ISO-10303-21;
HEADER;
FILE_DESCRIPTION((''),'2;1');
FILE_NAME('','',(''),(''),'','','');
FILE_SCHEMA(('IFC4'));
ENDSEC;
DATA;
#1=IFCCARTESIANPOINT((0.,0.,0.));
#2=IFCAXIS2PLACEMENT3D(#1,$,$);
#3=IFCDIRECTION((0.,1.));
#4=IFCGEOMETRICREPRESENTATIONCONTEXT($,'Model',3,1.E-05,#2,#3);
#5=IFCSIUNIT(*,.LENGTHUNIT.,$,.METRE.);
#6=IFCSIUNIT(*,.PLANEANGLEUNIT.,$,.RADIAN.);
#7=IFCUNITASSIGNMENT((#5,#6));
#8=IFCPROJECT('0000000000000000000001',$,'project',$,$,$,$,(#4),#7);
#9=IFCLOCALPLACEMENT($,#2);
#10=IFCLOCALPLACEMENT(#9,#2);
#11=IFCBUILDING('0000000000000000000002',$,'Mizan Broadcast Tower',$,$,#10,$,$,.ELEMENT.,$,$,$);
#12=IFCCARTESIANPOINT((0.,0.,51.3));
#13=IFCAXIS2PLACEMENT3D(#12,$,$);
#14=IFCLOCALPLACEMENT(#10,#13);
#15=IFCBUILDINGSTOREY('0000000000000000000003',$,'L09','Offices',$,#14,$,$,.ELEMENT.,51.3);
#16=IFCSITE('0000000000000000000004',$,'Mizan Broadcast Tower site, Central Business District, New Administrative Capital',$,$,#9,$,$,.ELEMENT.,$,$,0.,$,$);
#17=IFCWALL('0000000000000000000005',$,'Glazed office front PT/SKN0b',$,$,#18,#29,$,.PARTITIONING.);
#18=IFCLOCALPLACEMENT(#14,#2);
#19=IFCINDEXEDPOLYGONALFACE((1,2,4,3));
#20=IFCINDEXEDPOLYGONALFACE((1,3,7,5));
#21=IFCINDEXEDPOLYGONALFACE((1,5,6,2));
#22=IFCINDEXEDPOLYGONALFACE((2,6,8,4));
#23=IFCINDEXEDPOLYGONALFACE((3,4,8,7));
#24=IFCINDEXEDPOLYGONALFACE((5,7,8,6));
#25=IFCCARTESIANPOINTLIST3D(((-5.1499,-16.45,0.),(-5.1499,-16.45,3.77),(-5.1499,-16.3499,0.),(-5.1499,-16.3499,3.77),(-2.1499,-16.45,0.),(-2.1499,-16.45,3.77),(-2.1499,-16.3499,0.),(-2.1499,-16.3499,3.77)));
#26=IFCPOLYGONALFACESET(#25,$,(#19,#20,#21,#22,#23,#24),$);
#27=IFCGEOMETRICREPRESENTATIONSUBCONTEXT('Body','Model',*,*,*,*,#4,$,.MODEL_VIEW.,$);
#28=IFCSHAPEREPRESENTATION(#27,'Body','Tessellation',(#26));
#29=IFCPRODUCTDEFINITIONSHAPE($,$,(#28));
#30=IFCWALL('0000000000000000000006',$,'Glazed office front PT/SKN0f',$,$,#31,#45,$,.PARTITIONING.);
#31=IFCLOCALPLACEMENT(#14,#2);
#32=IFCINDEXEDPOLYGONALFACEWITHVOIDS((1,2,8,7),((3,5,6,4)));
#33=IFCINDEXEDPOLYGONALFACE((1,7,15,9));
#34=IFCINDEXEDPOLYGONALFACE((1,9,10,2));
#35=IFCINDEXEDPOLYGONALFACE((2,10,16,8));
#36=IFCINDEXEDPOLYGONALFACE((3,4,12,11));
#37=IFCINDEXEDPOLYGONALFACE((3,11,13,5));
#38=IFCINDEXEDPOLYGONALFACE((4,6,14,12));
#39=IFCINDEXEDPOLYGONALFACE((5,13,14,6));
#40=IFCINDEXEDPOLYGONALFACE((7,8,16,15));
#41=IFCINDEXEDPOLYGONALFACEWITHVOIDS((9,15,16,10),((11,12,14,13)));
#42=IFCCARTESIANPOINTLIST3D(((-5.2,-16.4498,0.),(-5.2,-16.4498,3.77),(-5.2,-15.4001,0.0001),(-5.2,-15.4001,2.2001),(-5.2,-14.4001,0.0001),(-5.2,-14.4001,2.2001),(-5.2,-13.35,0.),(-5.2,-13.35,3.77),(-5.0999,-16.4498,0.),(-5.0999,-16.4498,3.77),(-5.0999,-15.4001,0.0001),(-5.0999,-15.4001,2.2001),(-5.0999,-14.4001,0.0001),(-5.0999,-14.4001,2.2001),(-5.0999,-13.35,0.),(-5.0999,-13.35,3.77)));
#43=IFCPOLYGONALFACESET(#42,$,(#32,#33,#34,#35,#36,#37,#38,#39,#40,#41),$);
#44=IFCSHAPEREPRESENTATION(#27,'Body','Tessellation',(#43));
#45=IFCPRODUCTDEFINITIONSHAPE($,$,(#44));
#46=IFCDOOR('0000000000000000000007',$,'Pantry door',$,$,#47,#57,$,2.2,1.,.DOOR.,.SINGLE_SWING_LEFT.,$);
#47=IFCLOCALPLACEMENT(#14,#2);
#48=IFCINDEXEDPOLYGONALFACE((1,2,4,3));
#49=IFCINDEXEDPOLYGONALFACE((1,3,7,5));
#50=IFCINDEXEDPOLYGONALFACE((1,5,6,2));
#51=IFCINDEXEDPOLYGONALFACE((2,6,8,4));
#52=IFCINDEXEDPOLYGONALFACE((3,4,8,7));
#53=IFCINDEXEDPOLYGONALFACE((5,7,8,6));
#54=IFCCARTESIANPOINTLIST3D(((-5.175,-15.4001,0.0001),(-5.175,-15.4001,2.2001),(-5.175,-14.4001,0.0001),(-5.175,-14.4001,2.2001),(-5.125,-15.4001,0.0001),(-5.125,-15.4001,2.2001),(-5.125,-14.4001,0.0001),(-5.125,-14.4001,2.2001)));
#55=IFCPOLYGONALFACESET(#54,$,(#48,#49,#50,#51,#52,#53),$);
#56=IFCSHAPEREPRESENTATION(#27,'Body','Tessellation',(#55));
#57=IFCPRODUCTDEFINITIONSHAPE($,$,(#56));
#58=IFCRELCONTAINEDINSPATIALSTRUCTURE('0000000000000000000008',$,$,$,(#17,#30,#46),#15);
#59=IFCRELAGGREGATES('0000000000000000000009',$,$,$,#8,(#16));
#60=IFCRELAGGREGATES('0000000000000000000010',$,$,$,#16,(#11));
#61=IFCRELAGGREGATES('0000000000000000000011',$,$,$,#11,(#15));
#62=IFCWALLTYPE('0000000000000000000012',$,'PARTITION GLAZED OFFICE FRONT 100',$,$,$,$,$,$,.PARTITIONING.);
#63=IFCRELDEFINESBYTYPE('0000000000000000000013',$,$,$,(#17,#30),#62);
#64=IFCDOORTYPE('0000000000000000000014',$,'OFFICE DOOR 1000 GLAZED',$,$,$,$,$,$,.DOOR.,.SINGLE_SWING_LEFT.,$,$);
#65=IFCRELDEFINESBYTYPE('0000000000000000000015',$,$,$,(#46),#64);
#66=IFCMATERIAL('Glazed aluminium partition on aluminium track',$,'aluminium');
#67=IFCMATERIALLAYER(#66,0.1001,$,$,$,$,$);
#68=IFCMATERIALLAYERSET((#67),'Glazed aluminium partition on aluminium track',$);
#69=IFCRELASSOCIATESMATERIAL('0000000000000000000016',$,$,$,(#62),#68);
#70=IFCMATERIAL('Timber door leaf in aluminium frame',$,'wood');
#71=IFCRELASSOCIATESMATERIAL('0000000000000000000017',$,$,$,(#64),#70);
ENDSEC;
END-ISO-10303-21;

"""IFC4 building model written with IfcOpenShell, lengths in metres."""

from ifc_helpers import new_model, si_unit, direction, frame, frame_2d, origin, place, context, subcontext, project, spatial, rectangle, extrude, material, layer, layer_set, type_object, element, fill, save


model = new_model("IFC4")

# Units and contexts
model_context = context("Model", 3, precision=1e-05, world=origin(), true_north=direction((0.0, 1.0)))
body_context = subcontext(model_context, "Body", "Model", "MODEL_VIEW")
ifc_project = project(units=[si_unit("LENGTHUNIT", "METRE"), si_unit("PLANEANGLEUNIT", "RADIAN")], contexts=[model_context])

# Site, building, storey
site_placement = place(None, origin())
site = spatial("IfcSite", under=ifc_project, at=site_placement, Name="Mizan Broadcast Tower site, Central Business District, New Administrative Capital", CompositionType="ELEMENT", RefElevation=0.0)
building_placement = place(site_placement, origin())
building = spatial("IfcBuilding", under=site, at=building_placement, Name="Mizan Broadcast Tower", CompositionType="ELEMENT")
storey_placement = place(building_placement, frame((0.0, 0.0, 51.3)))
storey = spatial("IfcBuildingStorey", under=building, at=storey_placement, Name="L09", Description="Offices", CompositionType="ELEMENT", Elevation=51.3)

# Wall
ifc_material_1 = material(Name="Glazed aluminium partition on aluminium track", Category="aluminium")
ifc_layer_1 = layer(ifc_material_1, 0.1001)
ifc_layer_set_1 = layer_set([ifc_layer_1], Name="Glazed aluminium partition on aluminium track")
wall_type_1 = type_object("IfcWallType", Name="PARTITION GLAZED OFFICE FRONT 100", PredefinedType="PARTITIONING", material=ifc_layer_set_1)
for number, where, z_axis, x_axis, name in (
    (1, (-2.1499, -16.3999, 0.0), (0.0, 0.0, 1.0), (-1.0, 0.0, 0.0), "Glazed office front PT/SKN0b"),
):
    element("IfcWall", number, at=place(storey_placement, frame(where, z_axis=z_axis, x_axis=x_axis)), inside=storey, type_object=wall_type_1, Name=name, PredefinedType="PARTITIONING", context=body_context, shape_type="SweptSolid", body=[
        extrude(rectangle(XDim=3.0, YDim=0.1001, at=frame_2d((1.5, 0.0))), origin(), (0.0, 0.0, 1.0), 3.77),
    ])

# Wall, opening, door
wall_1_placement = place(storey_placement, frame((-5.1499, -13.3501, 0.0), z_axis=(0.0, 0.0, 1.0), x_axis=(0.0, -1.0, 0.0)))
wall_1 = element("IfcWall", 2, at=wall_1_placement, inside=storey, type_object=wall_type_1, Name="Glazed office front PT/SKN0f", PredefinedType="PARTITIONING", context=body_context, shape_type="SweptSolid", body=[
    extrude(rectangle(XDim=3.0999, YDim=0.1001, at=frame_2d((1.5498, 0.0))), origin(), (0.0, 0.0, 1.0), 3.77),
])
opening_placement = place(wall_1_placement, frame((1.05, 0.0, 0.0)))
opening = element("IfcOpeningElement", 3, at=opening_placement, cuts=wall_1, PredefinedType="OPENING", context=body_context, shape_type="SweptSolid", body=[
    extrude(rectangle(XDim=1.0, YDim=2.2, at=frame_2d((0.5, 1.1001))), frame((0.0, 0.0601, 0.0), z_axis=(0.0, -1.0, 0.0), x_axis=(1.0, 0.0, 0.0)), (0.0, 0.0, 1.0), 0.1201),
])
ifc_material_2 = material(Name="Timber door leaf in aluminium frame", Category="wood")
door_type = type_object("IfcDoorType", Name="OFFICE DOOR 1000 GLAZED", OperationType="SINGLE_SWING_LEFT", PredefinedType="DOOR", material=ifc_material_2)
door_placement = place(opening_placement, origin())
door = element("IfcDoor", 4, at=door_placement, inside=storey, type_object=door_type, Name="Pantry door", OperationType="SINGLE_SWING_LEFT", OverallHeight=2.2, OverallWidth=1.0, PredefinedType="DOOR", context=body_context, shape_type="SweptSolid", body=[
    extrude(rectangle(XDim=1.0, YDim=2.2, at=frame_2d((0.5, 1.1001))), frame((0.0, 0.0249, 0.0), z_axis=(0.0, -1.0, 0.0), x_axis=(1.0, 0.0, 0.0)), (0.0, 0.0, 1.0), 0.05),
])
fill(opening, door)

save(model, "model.ifc")
